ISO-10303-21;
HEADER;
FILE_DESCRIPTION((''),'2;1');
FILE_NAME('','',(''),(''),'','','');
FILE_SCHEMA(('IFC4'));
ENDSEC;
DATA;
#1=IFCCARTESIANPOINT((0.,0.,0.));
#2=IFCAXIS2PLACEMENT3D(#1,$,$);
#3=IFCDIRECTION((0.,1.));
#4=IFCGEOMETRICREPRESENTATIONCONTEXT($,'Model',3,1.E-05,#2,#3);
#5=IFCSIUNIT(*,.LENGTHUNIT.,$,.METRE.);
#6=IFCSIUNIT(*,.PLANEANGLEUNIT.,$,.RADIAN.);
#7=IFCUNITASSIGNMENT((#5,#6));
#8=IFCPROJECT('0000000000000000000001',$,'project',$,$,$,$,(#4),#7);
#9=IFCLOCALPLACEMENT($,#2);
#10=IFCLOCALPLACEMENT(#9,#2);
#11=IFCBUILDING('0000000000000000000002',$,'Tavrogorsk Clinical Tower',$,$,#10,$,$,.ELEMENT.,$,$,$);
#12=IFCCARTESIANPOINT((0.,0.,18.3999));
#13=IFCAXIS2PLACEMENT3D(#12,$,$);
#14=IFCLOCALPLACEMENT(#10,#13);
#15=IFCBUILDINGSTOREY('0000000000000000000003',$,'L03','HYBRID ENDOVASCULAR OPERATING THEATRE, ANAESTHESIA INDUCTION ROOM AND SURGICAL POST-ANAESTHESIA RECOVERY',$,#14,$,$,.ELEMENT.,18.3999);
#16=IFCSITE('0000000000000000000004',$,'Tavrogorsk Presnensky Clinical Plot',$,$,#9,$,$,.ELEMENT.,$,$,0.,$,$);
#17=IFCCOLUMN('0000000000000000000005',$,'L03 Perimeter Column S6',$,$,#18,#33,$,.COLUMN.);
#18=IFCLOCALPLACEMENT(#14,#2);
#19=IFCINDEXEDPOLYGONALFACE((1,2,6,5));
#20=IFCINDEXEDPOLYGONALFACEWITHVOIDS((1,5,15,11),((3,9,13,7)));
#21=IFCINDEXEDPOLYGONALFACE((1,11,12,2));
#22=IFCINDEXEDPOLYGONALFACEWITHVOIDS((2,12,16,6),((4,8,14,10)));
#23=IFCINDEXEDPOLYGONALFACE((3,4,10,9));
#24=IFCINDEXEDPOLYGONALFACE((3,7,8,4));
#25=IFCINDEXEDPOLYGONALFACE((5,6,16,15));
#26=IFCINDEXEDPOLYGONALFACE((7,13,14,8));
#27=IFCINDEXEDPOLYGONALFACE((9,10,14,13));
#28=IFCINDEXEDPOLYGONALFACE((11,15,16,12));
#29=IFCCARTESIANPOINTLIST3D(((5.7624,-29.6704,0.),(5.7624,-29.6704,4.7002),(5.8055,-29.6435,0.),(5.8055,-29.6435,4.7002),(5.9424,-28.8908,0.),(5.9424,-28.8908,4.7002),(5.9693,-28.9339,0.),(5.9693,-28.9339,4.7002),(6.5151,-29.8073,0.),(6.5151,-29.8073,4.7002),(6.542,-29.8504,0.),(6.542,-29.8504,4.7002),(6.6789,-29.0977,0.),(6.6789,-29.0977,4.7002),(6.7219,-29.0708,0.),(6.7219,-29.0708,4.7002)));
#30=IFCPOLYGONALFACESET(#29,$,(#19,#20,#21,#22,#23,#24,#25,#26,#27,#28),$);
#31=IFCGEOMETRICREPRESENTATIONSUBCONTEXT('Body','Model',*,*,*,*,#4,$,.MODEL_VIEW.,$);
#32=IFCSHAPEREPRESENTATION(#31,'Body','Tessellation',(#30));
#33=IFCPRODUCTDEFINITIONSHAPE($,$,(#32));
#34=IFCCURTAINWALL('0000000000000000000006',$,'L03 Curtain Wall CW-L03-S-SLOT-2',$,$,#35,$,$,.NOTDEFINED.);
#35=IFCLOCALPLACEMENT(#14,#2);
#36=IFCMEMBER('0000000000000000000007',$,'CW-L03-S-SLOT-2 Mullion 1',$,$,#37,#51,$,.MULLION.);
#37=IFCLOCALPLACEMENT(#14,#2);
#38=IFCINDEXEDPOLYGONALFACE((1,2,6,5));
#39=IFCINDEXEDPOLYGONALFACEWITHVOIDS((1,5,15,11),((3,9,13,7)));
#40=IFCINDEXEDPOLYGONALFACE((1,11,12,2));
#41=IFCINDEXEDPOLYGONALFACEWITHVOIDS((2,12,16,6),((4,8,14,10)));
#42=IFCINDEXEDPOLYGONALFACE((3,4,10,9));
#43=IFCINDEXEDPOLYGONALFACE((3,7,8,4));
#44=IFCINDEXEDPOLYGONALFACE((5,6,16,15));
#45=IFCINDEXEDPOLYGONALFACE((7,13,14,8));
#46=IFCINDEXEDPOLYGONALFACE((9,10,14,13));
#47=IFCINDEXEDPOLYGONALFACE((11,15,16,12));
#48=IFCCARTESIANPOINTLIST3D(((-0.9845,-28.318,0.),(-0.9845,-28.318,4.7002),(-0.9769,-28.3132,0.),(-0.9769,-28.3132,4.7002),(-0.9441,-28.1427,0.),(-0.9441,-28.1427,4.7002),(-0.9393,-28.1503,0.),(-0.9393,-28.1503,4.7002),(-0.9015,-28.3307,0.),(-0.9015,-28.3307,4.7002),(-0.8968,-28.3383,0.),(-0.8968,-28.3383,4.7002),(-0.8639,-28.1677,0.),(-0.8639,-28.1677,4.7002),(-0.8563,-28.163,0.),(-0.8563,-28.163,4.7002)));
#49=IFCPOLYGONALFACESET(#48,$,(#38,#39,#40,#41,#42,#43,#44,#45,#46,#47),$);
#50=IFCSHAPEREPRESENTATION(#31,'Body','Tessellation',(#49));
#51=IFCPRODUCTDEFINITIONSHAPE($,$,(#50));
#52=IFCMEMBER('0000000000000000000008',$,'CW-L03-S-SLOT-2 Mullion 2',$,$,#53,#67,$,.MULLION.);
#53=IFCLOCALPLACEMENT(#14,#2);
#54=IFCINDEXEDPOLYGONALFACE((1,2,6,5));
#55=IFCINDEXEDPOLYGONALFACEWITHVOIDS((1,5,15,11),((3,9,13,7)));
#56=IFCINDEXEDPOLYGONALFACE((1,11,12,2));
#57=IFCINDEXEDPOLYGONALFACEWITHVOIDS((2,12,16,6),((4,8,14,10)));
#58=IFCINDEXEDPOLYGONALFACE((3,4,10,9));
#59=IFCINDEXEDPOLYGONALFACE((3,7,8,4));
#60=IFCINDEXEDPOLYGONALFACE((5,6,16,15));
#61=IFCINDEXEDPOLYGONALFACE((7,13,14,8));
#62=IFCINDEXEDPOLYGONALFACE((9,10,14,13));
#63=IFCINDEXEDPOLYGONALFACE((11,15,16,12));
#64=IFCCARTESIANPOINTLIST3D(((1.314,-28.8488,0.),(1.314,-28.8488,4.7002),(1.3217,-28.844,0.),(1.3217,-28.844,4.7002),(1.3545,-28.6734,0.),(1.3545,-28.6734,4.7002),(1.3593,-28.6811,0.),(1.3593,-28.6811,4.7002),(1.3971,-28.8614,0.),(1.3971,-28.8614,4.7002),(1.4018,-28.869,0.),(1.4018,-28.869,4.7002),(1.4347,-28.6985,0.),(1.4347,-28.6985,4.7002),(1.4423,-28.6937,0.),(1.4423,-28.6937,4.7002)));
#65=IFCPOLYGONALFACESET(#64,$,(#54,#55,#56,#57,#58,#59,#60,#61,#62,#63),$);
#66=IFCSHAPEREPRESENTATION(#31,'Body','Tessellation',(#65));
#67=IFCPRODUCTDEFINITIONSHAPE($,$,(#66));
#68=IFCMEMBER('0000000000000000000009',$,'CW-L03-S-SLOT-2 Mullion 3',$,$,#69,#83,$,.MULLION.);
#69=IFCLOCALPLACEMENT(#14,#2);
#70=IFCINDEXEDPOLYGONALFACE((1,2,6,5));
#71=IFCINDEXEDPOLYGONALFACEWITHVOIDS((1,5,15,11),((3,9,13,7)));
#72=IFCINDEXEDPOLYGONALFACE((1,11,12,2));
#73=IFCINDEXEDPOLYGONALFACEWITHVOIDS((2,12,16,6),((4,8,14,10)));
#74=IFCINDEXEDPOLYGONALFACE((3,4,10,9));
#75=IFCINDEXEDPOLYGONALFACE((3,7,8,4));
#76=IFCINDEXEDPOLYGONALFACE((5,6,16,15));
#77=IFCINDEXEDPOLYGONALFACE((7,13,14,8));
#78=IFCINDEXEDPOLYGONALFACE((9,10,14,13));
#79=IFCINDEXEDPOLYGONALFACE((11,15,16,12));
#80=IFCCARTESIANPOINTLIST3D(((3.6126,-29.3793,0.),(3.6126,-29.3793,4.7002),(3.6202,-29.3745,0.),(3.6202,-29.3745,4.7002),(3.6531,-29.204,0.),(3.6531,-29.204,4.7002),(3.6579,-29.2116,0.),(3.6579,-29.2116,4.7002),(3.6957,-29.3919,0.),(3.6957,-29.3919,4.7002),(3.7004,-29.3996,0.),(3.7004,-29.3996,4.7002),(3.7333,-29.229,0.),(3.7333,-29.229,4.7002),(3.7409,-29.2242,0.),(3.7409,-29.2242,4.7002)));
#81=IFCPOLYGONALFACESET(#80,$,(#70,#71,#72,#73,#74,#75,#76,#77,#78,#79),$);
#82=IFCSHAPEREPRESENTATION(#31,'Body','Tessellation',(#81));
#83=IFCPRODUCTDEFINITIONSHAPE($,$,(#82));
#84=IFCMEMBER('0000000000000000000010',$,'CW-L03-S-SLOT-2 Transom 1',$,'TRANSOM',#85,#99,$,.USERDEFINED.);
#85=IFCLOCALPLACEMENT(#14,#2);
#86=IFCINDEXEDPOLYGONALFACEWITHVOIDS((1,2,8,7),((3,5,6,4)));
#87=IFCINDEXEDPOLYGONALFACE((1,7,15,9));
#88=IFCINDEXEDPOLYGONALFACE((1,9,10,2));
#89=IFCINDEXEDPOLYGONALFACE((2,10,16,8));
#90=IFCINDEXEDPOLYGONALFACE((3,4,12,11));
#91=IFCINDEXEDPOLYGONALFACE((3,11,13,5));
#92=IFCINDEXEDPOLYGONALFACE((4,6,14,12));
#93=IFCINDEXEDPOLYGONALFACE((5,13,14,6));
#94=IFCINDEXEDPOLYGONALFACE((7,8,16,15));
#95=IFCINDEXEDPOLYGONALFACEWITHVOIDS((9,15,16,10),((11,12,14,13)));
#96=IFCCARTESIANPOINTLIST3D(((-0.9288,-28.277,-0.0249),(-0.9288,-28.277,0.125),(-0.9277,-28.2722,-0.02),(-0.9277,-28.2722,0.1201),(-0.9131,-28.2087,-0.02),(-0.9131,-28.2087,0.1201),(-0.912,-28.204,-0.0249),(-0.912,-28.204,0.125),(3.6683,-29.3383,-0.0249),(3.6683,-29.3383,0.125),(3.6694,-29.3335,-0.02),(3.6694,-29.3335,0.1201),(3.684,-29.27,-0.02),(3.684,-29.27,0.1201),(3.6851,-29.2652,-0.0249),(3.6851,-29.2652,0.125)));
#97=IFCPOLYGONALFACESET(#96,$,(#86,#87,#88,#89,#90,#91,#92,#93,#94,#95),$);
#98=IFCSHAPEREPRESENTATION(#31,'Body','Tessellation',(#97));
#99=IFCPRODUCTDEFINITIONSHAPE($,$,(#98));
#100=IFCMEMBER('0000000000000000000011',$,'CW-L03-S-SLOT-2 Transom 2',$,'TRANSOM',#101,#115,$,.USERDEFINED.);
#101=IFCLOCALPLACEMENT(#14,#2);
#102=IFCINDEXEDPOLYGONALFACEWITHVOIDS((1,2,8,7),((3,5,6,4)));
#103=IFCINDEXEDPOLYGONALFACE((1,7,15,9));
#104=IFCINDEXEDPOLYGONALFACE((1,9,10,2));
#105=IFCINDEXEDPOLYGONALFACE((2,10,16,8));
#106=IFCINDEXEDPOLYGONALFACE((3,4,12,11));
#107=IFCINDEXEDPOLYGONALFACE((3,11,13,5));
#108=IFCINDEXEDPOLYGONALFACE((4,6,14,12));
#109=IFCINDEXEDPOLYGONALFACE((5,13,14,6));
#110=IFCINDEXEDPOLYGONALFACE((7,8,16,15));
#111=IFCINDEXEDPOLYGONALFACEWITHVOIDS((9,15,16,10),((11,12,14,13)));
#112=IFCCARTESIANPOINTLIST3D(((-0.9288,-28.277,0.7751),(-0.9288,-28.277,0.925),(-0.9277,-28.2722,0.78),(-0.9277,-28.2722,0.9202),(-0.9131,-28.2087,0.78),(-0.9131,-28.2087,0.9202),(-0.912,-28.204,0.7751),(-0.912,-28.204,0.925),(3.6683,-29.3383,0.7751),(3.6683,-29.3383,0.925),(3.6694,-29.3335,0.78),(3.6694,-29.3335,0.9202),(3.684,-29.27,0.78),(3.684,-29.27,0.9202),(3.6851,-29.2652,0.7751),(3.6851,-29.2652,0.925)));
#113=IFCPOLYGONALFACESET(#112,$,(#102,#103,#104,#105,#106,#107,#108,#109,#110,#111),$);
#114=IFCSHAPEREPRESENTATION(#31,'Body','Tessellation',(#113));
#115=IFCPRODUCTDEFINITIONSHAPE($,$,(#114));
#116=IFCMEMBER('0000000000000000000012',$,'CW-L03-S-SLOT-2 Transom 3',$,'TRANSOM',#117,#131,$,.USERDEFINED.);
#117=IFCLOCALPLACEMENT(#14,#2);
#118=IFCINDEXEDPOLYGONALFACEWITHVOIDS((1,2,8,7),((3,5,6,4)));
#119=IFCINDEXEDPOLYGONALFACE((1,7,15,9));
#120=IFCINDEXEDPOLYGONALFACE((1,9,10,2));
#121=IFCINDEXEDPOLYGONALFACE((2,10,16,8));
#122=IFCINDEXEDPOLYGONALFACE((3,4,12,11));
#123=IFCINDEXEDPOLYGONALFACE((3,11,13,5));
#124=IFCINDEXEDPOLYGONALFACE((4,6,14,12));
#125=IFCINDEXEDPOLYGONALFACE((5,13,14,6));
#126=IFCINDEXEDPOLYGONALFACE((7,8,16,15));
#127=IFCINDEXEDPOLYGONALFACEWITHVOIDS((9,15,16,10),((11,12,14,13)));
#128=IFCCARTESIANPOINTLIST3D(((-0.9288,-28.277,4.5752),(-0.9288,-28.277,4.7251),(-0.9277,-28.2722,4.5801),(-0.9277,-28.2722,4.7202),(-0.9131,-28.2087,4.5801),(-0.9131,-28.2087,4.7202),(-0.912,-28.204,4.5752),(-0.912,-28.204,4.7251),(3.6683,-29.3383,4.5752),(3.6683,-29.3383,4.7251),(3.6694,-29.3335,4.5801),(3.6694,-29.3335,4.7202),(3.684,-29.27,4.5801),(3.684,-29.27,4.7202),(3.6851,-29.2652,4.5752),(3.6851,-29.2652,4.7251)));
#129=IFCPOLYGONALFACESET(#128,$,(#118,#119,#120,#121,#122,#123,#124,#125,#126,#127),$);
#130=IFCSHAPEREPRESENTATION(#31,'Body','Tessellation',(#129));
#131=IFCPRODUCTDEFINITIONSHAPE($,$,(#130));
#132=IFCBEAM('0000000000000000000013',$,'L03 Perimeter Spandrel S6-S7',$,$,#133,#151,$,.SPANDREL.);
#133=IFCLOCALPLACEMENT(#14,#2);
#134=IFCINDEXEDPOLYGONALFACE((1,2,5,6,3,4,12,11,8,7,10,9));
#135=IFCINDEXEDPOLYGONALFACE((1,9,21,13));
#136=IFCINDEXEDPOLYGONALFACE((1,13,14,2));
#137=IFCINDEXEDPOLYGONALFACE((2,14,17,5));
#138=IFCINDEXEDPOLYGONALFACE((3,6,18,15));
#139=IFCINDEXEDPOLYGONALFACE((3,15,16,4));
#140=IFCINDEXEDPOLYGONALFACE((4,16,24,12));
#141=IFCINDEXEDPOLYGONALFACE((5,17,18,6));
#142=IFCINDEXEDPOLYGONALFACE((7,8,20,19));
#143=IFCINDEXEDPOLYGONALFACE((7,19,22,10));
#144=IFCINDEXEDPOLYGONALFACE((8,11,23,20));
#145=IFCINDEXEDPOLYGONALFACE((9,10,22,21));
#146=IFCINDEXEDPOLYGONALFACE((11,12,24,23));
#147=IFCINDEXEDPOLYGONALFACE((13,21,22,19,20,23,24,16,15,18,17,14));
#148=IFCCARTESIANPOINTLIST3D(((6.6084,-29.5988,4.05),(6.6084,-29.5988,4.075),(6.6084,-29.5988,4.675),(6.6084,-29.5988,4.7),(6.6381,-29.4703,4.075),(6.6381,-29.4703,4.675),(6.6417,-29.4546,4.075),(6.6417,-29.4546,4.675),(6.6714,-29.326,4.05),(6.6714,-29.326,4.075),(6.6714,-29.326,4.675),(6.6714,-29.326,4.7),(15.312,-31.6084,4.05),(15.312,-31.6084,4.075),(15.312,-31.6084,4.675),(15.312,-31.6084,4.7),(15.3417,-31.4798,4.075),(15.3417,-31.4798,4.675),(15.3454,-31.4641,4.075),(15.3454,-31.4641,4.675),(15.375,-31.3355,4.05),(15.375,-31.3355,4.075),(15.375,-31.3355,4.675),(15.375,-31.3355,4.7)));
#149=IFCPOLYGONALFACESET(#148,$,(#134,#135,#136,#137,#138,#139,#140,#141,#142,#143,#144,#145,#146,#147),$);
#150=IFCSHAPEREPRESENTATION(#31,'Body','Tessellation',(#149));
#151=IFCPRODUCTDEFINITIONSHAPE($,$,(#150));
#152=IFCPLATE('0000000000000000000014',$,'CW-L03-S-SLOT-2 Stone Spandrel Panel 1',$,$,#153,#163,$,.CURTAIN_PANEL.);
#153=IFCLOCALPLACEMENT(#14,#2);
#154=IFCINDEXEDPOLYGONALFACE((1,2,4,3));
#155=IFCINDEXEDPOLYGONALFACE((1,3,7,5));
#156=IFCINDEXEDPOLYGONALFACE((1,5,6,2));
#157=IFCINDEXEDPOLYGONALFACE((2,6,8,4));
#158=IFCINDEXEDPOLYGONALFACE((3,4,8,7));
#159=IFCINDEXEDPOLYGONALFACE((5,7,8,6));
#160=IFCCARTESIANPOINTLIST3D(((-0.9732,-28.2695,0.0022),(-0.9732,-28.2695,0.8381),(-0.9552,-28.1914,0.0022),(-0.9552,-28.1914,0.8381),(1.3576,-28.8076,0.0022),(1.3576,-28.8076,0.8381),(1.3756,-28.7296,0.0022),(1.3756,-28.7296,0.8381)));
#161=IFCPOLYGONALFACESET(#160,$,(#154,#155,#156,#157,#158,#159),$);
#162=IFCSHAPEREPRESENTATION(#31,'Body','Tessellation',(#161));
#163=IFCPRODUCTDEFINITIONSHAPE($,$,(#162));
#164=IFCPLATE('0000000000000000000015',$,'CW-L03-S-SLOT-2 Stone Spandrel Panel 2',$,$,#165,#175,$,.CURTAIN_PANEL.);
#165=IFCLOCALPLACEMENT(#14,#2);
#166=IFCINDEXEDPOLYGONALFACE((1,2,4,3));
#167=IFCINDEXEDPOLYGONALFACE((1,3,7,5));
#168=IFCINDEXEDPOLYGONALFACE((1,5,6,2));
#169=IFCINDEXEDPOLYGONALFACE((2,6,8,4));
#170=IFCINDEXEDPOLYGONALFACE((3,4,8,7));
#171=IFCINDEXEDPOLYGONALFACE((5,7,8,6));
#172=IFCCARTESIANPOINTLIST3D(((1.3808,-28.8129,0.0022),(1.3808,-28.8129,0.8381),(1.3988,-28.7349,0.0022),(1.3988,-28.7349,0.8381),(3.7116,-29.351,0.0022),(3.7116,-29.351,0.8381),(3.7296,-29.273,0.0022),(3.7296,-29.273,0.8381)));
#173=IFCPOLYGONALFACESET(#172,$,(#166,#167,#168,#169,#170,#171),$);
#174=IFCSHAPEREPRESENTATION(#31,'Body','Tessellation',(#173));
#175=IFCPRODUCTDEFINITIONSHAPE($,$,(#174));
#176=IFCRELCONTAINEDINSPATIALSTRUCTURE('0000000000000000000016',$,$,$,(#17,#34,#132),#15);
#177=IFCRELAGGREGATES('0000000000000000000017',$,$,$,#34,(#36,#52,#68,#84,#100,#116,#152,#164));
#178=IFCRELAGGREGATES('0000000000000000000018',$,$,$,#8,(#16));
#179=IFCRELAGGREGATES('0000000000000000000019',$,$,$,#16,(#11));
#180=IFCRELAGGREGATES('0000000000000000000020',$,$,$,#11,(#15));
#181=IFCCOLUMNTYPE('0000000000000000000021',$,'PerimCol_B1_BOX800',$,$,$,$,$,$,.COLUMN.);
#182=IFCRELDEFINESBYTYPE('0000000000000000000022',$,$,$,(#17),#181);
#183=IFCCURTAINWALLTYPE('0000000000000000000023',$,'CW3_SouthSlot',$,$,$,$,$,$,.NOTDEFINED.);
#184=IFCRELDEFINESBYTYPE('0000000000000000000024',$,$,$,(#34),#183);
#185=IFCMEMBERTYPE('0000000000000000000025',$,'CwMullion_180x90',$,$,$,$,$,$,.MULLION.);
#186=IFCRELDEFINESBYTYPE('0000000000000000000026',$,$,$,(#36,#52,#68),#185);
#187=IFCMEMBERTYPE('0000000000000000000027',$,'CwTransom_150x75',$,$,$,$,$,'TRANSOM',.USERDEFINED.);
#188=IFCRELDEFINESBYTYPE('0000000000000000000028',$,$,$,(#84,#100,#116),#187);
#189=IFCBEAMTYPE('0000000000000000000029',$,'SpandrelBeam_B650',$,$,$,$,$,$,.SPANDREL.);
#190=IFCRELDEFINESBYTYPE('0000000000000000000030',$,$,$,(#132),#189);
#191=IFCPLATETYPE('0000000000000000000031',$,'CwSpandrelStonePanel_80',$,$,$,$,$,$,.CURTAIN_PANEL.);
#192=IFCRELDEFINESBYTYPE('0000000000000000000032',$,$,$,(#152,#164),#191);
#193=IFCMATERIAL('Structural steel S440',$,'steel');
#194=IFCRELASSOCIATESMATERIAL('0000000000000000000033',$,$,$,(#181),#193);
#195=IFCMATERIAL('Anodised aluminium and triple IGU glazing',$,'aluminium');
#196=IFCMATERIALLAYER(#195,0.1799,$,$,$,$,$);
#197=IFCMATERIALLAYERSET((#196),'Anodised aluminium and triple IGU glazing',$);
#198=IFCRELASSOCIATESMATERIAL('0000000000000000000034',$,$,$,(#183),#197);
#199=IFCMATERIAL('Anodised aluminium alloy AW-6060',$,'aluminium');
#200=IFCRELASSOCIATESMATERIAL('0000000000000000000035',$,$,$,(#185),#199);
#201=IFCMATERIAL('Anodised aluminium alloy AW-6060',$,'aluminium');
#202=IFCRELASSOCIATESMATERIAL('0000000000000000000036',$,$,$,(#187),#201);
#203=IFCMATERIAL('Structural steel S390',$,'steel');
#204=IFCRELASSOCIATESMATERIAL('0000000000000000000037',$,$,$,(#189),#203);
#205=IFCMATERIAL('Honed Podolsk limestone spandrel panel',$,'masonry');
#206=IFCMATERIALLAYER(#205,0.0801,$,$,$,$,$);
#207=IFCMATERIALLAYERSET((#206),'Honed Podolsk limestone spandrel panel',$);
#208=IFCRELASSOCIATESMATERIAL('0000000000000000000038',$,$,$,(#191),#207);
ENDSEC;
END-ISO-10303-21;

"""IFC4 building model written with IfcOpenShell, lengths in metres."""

from ifc_helpers import new_model, si_unit, direction, frame, origin, origin_2d, place, context, subcontext, project, spatial, rectangle, hollow_rectangle, i_section, extrude, material, layer, layer_set, material_profile, profile_set, type_object, element, aggregate, save


model = new_model("IFC4")

# Units and contexts
model_context = context("Model", 3, precision=1e-05, world=origin(), true_north=direction((0.0, 1.0)))
body_context = subcontext(model_context, "Body", "Model", "MODEL_VIEW")
ifc_project = project(units=[si_unit("LENGTHUNIT", "METRE"), si_unit("PLANEANGLEUNIT", "RADIAN")], contexts=[model_context])

# Site, building, storey
site_placement = place(None, origin())
site = spatial("IfcSite", under=ifc_project, at=site_placement, Name="Tavrogorsk Presnensky Clinical Plot", CompositionType="ELEMENT", RefElevation=0.0)
building_placement = place(site_placement, origin())
building = spatial("IfcBuilding", under=site, at=building_placement, Name="Tavrogorsk Clinical Tower", CompositionType="ELEMENT")
storey_placement = place(building_placement, frame((0.0, 0.0, 18.3999)))
storey = spatial("IfcBuildingStorey", under=building, at=storey_placement, Name="L03", Description="HYBRID ENDOVASCULAR OPERATING THEATRE, ANAESTHESIA INDUCTION ROOM AND SURGICAL POST-ANAESTHESIA RECOVERY", CompositionType="ELEMENT", Elevation=18.3999)

# Column
ifc_material_1 = material(Name="Structural steel S440", Category="steel")
ifc_material_profile_1 = material_profile(ifc_material_1, hollow_rectangle(XDim=0.8, YDim=0.8, WallThickness=0.0359, at=origin_2d()), Name="BOX-800x800x36")
ifc_profile_set_1 = profile_set([ifc_material_profile_1], Name="Structural steel S440")
column_type = type_object("IfcColumnType", Name="PerimCol_B1_BOX800", PredefinedType="COLUMN", material=ifc_profile_set_1)
column_placement = place(storey_placement, frame((6.2422, -29.3706, 0.0), z_axis=(0.0, 0.0, 1.0), x_axis=(0.97437, -0.224951, 0.0)))
element("IfcColumn", 1, at=column_placement, inside=storey, type_object=column_type, Name="L03 Perimeter Column S6", PredefinedType="COLUMN", context=body_context, shape_type="SweptSolid", body=[
    extrude(hollow_rectangle(XDim=0.8, YDim=0.8, WallThickness=0.0359, at=origin_2d()), origin(), (0.0, 0.0, 1.0), 4.7002),
])

# Curtain wall, members
ifc_material_2 = material(Name="Anodised aluminium and triple IGU glazing", Category="aluminium")
ifc_layer_1 = layer(ifc_material_2, 0.1799)
ifc_layer_set_1 = layer_set([ifc_layer_1], Name="Anodised aluminium and triple IGU glazing")
curtain_wall_type = type_object("IfcCurtainWallType", Name="CW3_SouthSlot", PredefinedType="NOTDEFINED", material=ifc_layer_set_1)
curtain_wall_placement = place(storey_placement, origin())
curtain_wall = element("IfcCurtainWall", 2, at=curtain_wall_placement, inside=storey, type_object=curtain_wall_type, Name="L03 Curtain Wall CW-L03-S-SLOT-2", PredefinedType="NOTDEFINED")
ifc_material_3 = material(Name="Anodised aluminium alloy AW-6060", Category="aluminium")
ifc_material_profile_2 = material_profile(ifc_material_3, hollow_rectangle(XDim=0.0901, YDim=0.1799, WallThickness=0.0063, at=origin_2d()), Name="RHS-180x90x6.3")
ifc_profile_set_2 = profile_set([ifc_material_profile_2], Name="Anodised aluminium alloy AW-6060")
member_type_1 = type_object("IfcMemberType", Name="CwMullion_180x90", PredefinedType="MULLION", material=ifc_profile_set_2)
member_1_placement = place(storey_placement, frame((-0.9204, -28.2405, 0.0), z_axis=(0.0, 0.0, 1.0), x_axis=(0.97437, -0.224951, 0.0)))
member_1 = element("IfcMember", 3, at=member_1_placement, type_object=member_type_1, Name="CW-L03-S-SLOT-2 Mullion 1", PredefinedType="MULLION", context=body_context, shape_type="SweptSolid", body=[
    extrude(hollow_rectangle(XDim=0.0901, YDim=0.1799, WallThickness=0.0063, at=origin_2d()), origin(), (0.0, 0.0, 1.0), 4.7002),
])
member_2_placement = place(storey_placement, frame((1.3782, -28.7712, 0.0), z_axis=(0.0, 0.0, 1.0), x_axis=(0.97437, -0.224951, 0.0)))
member_2 = element("IfcMember", 4, at=member_2_placement, type_object=member_type_1, Name="CW-L03-S-SLOT-2 Mullion 2", PredefinedType="MULLION", context=body_context, shape_type="SweptSolid", body=[
    extrude(hollow_rectangle(XDim=0.0901, YDim=0.1799, WallThickness=0.0063, at=origin_2d()), origin(), (0.0, 0.0, 1.0), 4.7002),
])
member_3_placement = place(storey_placement, frame((3.6768, -29.3018, 0.0), z_axis=(0.0, 0.0, 1.0), x_axis=(0.97437, -0.224951, 0.0)))
member_3 = element("IfcMember", 5, at=member_3_placement, type_object=member_type_1, Name="CW-L03-S-SLOT-2 Mullion 3", PredefinedType="MULLION", context=body_context, shape_type="SweptSolid", body=[
    extrude(hollow_rectangle(XDim=0.0901, YDim=0.1799, WallThickness=0.0063, at=origin_2d()), origin(), (0.0, 0.0, 1.0), 4.7002),
])
ifc_material_4 = material(Name="Anodised aluminium alloy AW-6060", Category="aluminium")
ifc_material_profile_3 = material_profile(ifc_material_4, hollow_rectangle(XDim=0.075, YDim=0.1499, WallThickness=0.0049, at=origin_2d()), Name="RHS-150x75x5")
ifc_profile_set_3 = profile_set([ifc_material_profile_3], Name="Anodised aluminium alloy AW-6060")
member_type_2 = type_object("IfcMemberType", Name="CwTransom_150x75", ElementType="TRANSOM", PredefinedType="USERDEFINED", material=ifc_profile_set_3)
member_4_placement = place(storey_placement, frame((-0.9204, -28.2405, 0.05), z_axis=(0.974373, -0.224939, 0.0), x_axis=(0.224939, 0.974373, 0.0)))
member_4 = element("IfcMember", 6, at=member_4_placement, type_object=member_type_2, Name="CW-L03-S-SLOT-2 Transom 1", ObjectType="TRANSOM", PredefinedType="USERDEFINED", context=body_context, shape_type="SweptSolid", body=[
    extrude(hollow_rectangle(XDim=0.075, YDim=0.1499, WallThickness=0.0049, at=origin_2d()), origin(), (0.0, 0.0, 1.0), 4.718),
])
member_5_placement = place(storey_placement, frame((-0.9204, -28.2405, 0.8501), z_axis=(0.974373, -0.224939, 0.0), x_axis=(0.224939, 0.974373, 0.0)))
member_5 = element("IfcMember", 7, at=member_5_placement, type_object=member_type_2, Name="CW-L03-S-SLOT-2 Transom 2", ObjectType="TRANSOM", PredefinedType="USERDEFINED", context=body_context, shape_type="SweptSolid", body=[
    extrude(hollow_rectangle(XDim=0.075, YDim=0.1499, WallThickness=0.0049, at=origin_2d()), origin(), (0.0, 0.0, 1.0), 4.718),
])
member_6_placement = place(storey_placement, frame((-0.9204, -28.2405, 4.6501), z_axis=(0.974373, -0.224939, 0.0), x_axis=(0.224939, 0.974373, 0.0)))
member_6 = element("IfcMember", 8, at=member_6_placement, type_object=member_type_2, Name="CW-L03-S-SLOT-2 Transom 3", ObjectType="TRANSOM", PredefinedType="USERDEFINED", context=body_context, shape_type="SweptSolid", body=[
    extrude(hollow_rectangle(XDim=0.075, YDim=0.1499, WallThickness=0.0049, at=origin_2d()), origin(), (0.0, 0.0, 1.0), 4.718),
])

# Beam
ifc_material_5 = material(Name="Structural steel S390", Category="steel")
ifc_material_profile_4 = material_profile(ifc_material_5, i_section(OverallWidth=0.28, OverallDepth=0.6499, WebThickness=0.0161, FlangeThickness=0.0249, at=origin_2d()), Name="B-650x280x16x25")
ifc_profile_set_4 = profile_set([ifc_material_profile_4], Name="Structural steel S390")
beam_type = type_object("IfcBeamType", Name="SpandrelBeam_B650", PredefinedType="SPANDREL", material=ifc_profile_set_4)
beam_placement = place(storey_placement, frame((6.6399, -29.4624, 4.375), z_axis=(0.974367, -0.224965, 0.0), x_axis=(0.224965, 0.974367, 0.0)))
element("IfcBeam", 9, at=beam_placement, inside=storey, type_object=beam_type, Name="L03 Perimeter Spandrel S6-S7", PredefinedType="SPANDREL", context=body_context, shape_type="SweptSolid", body=[
    extrude(i_section(OverallWidth=0.28, OverallDepth=0.6499, WebThickness=0.0161, FlangeThickness=0.0249, at=origin_2d()), origin(), (0.0, 0.0, 1.0), 8.9326),
])

# Plates
ifc_material_6 = material(Name="Honed Podolsk limestone spandrel panel", Category="masonry")
ifc_layer_2 = layer(ifc_material_6, 0.0801)
ifc_layer_set_2 = layer_set([ifc_layer_2], Name="Honed Podolsk limestone spandrel panel")
plate_type_1 = type_object("IfcPlateType", Name="CwSpandrelStonePanel_80", PredefinedType="CURTAIN_PANEL", material=ifc_layer_set_2)
plate_1_placement = place(storey_placement, frame((0.2012, -28.4995, 0.0022), z_axis=(0.0, 0.0, 1.0), x_axis=(0.97437, -0.224951, 0.0)))
plate_1 = element("IfcPlate", 10, at=plate_1_placement, type_object=plate_type_1, Name="CW-L03-S-SLOT-2 Stone Spandrel Panel 1", PredefinedType="CURTAIN_PANEL", context=body_context, shape_type="SweptSolid", body=[
    extrude(rectangle(XDim=2.3921, YDim=0.0801, at=origin_2d()), origin(), (0.0, 0.0, 1.0), 0.8359),
])
plate_2_placement = place(storey_placement, frame((2.5552, -29.043, 0.0022), z_axis=(0.0, 0.0, 1.0), x_axis=(0.97437, -0.224951, 0.0)))
plate_2 = element("IfcPlate", 11, at=plate_2_placement, type_object=plate_type_1, Name="CW-L03-S-SLOT-2 Stone Spandrel Panel 2", PredefinedType="CURTAIN_PANEL", context=body_context, shape_type="SweptSolid", body=[
    extrude(rectangle(XDim=2.3921, YDim=0.0801, at=origin_2d()), origin(), (0.0, 0.0, 1.0), 0.8359),
])
aggregate(curtain_wall, [member_1, member_2, member_3, member_4, member_5, member_6, plate_1, plate_2])

save(model, "model.ifc")
